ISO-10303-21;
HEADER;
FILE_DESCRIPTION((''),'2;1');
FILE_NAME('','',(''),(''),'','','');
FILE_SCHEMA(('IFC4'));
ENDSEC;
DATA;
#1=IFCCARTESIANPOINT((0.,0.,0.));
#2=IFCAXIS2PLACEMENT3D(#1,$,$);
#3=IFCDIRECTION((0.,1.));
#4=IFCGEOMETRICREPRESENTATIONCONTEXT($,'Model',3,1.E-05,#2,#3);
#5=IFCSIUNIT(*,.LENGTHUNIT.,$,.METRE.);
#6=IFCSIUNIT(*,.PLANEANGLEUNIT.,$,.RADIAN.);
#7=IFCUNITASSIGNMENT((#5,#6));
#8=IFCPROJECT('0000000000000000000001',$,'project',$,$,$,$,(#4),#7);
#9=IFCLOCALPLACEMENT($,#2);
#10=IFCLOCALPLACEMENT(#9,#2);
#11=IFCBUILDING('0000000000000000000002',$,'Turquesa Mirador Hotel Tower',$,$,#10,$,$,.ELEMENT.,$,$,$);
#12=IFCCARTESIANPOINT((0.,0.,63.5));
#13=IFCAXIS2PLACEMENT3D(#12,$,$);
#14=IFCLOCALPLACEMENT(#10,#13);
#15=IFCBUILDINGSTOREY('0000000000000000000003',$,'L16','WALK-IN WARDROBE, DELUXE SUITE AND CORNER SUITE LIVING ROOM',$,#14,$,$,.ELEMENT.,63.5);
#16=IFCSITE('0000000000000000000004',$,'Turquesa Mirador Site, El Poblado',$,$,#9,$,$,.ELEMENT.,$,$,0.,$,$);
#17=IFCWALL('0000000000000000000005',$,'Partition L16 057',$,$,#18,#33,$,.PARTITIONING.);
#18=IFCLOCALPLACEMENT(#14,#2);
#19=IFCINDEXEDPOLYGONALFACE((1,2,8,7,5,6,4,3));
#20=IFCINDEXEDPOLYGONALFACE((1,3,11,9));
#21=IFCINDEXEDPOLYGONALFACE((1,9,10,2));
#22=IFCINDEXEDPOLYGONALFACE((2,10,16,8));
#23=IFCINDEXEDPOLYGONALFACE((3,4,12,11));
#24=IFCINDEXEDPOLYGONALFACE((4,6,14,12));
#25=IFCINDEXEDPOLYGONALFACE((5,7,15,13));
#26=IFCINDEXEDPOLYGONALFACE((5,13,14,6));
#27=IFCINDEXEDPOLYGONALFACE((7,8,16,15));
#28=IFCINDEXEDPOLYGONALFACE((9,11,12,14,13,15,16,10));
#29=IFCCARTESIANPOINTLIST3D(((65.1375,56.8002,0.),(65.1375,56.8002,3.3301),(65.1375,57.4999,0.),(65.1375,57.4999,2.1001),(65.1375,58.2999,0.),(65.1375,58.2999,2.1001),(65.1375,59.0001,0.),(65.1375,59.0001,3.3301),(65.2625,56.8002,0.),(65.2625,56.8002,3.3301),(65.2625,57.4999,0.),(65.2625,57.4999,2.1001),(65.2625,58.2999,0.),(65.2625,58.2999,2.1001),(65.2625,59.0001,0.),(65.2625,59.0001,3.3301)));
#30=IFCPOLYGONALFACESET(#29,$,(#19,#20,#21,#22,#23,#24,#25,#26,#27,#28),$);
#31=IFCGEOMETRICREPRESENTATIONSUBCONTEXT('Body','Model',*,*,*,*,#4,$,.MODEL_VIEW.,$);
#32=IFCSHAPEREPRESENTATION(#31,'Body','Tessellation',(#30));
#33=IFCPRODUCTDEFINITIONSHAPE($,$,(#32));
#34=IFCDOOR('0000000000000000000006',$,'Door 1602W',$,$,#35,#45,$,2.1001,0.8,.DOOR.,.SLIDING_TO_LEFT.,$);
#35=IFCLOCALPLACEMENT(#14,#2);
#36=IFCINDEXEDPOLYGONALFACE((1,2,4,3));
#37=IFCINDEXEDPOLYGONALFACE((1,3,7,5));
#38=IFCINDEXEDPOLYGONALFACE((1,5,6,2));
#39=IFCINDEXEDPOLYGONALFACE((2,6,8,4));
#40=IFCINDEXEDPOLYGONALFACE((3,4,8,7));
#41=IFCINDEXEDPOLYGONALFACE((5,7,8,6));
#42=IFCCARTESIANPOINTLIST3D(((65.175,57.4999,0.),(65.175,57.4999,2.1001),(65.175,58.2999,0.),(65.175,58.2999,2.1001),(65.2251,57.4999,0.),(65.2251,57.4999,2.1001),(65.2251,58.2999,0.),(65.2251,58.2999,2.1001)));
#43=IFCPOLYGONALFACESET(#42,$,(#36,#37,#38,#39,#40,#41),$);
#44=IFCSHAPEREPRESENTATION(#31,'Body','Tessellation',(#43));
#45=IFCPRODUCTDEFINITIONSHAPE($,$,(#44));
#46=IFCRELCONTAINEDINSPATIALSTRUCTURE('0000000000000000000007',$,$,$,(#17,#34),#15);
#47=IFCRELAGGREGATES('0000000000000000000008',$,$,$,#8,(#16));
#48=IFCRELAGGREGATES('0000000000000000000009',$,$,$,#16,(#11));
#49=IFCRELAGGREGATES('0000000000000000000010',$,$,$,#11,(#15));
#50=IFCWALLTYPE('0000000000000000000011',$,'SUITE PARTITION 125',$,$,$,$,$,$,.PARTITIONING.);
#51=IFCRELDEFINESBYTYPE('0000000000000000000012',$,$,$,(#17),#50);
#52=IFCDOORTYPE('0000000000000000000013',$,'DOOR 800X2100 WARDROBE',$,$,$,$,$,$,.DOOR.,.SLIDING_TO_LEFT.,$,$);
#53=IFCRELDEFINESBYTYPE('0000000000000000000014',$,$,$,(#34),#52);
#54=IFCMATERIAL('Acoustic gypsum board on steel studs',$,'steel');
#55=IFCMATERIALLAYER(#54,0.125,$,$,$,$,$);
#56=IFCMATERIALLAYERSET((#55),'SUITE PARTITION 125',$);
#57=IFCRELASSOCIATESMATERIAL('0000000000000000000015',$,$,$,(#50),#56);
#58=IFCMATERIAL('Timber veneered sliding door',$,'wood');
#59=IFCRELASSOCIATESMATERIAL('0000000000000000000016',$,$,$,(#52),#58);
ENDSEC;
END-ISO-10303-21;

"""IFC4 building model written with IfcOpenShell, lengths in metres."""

from ifc_helpers import new_model, si_unit, direction, frame, frame_2d, origin, place, context, subcontext, project, spatial, rectangle, extrude, material, layer, layer_set, type_object, element, fill, save


model = new_model("IFC4")

# Units and contexts
model_context = context("Model", 3, precision=1e-05, world=origin(), true_north=direction((0.0, 1.0)))
body_context = subcontext(model_context, "Body", "Model", "MODEL_VIEW")
ifc_project = project(units=[si_unit("LENGTHUNIT", "METRE"), si_unit("PLANEANGLEUNIT", "RADIAN")], contexts=[model_context])

# Site, building, storey
site_placement = place(None, origin())
site = spatial("IfcSite", under=ifc_project, at=site_placement, Name="Turquesa Mirador Site, El Poblado", CompositionType="ELEMENT", RefElevation=0.0)
building_placement = place(site_placement, origin())
building = spatial("IfcBuilding", under=site, at=building_placement, Name="Turquesa Mirador Hotel Tower", CompositionType="ELEMENT")
storey_placement = place(building_placement, frame((0.0, 0.0, 63.5)))
storey = spatial("IfcBuildingStorey", under=building, at=storey_placement, Name="L16", Description="WALK-IN WARDROBE, DELUXE SUITE AND CORNER SUITE LIVING ROOM", CompositionType="ELEMENT", Elevation=63.5)

# Shared definitions
ifc_material_1 = material(Name="Acoustic gypsum board on steel studs", Category="steel")
ifc_layer_1 = layer(ifc_material_1, 0.125)
ifc_layer_set_1 = layer_set([ifc_layer_1], Name="SUITE PARTITION 125")
wall_type_1 = type_object("IfcWallType", Name="SUITE PARTITION 125", PredefinedType="PARTITIONING", material=ifc_layer_set_1)

# Wall, opening, door
wall_1_placement = place(storey_placement, frame((65.2, 56.8, 0.0), z_axis=(0.0, 0.0, 1.0), x_axis=(0.0, 1.0, 0.0)))
wall_1 = element("IfcWall", 1, at=wall_1_placement, inside=storey, type_object=wall_type_1, Name="Partition L16 057", PredefinedType="PARTITIONING", context=body_context, shape_type="SweptSolid", body=[
    extrude(rectangle(XDim=2.2, YDim=0.125, at=frame_2d((1.1001, 0.0))), origin(), (0.0, 0.0, 1.0), 3.3301),
])
opening_1_placement = place(wall_1_placement, frame((0.7, 0.0, 0.0)))
opening_1 = element("IfcOpeningElement", 2, at=opening_1_placement, cuts=wall_1, PredefinedType="OPENING", context=body_context, shape_type="SweptSolid", body=[
    extrude(rectangle(XDim=0.8, YDim=2.1001, at=frame_2d((0.3999, 1.05))), frame((0.0, 0.0725, 0.0), z_axis=(0.0, -1.0, 0.0), x_axis=(1.0, 0.0, 0.0)), (0.0, 0.0, 1.0), 0.145),
])
ifc_material_2 = material(Name="Timber veneered sliding door", Category="wood")
door_type_1 = type_object("IfcDoorType", Name="DOOR 800X2100 WARDROBE", OperationType="SLIDING_TO_LEFT", PredefinedType="DOOR", material=ifc_material_2)
door_1_placement = place(opening_1_placement, origin())
door_1 = element("IfcDoor", 3, at=door_1_placement, inside=storey, type_object=door_type_1, Name="Door 1602W", OperationType="SLIDING_TO_LEFT", OverallHeight=2.1001, OverallWidth=0.8, PredefinedType="DOOR", context=body_context, shape_type="SweptSolid", body=[
    extrude(rectangle(XDim=0.8, YDim=2.1001, at=frame_2d((0.3999, 1.05))), frame((0.0, 0.0249, 0.0), z_axis=(0.0, -1.0, 0.0), x_axis=(1.0, 0.0, 0.0)), (0.0, 0.0, 1.0), 0.05),
])
fill(opening_1, door_1)

save(model, "model.ifc")
